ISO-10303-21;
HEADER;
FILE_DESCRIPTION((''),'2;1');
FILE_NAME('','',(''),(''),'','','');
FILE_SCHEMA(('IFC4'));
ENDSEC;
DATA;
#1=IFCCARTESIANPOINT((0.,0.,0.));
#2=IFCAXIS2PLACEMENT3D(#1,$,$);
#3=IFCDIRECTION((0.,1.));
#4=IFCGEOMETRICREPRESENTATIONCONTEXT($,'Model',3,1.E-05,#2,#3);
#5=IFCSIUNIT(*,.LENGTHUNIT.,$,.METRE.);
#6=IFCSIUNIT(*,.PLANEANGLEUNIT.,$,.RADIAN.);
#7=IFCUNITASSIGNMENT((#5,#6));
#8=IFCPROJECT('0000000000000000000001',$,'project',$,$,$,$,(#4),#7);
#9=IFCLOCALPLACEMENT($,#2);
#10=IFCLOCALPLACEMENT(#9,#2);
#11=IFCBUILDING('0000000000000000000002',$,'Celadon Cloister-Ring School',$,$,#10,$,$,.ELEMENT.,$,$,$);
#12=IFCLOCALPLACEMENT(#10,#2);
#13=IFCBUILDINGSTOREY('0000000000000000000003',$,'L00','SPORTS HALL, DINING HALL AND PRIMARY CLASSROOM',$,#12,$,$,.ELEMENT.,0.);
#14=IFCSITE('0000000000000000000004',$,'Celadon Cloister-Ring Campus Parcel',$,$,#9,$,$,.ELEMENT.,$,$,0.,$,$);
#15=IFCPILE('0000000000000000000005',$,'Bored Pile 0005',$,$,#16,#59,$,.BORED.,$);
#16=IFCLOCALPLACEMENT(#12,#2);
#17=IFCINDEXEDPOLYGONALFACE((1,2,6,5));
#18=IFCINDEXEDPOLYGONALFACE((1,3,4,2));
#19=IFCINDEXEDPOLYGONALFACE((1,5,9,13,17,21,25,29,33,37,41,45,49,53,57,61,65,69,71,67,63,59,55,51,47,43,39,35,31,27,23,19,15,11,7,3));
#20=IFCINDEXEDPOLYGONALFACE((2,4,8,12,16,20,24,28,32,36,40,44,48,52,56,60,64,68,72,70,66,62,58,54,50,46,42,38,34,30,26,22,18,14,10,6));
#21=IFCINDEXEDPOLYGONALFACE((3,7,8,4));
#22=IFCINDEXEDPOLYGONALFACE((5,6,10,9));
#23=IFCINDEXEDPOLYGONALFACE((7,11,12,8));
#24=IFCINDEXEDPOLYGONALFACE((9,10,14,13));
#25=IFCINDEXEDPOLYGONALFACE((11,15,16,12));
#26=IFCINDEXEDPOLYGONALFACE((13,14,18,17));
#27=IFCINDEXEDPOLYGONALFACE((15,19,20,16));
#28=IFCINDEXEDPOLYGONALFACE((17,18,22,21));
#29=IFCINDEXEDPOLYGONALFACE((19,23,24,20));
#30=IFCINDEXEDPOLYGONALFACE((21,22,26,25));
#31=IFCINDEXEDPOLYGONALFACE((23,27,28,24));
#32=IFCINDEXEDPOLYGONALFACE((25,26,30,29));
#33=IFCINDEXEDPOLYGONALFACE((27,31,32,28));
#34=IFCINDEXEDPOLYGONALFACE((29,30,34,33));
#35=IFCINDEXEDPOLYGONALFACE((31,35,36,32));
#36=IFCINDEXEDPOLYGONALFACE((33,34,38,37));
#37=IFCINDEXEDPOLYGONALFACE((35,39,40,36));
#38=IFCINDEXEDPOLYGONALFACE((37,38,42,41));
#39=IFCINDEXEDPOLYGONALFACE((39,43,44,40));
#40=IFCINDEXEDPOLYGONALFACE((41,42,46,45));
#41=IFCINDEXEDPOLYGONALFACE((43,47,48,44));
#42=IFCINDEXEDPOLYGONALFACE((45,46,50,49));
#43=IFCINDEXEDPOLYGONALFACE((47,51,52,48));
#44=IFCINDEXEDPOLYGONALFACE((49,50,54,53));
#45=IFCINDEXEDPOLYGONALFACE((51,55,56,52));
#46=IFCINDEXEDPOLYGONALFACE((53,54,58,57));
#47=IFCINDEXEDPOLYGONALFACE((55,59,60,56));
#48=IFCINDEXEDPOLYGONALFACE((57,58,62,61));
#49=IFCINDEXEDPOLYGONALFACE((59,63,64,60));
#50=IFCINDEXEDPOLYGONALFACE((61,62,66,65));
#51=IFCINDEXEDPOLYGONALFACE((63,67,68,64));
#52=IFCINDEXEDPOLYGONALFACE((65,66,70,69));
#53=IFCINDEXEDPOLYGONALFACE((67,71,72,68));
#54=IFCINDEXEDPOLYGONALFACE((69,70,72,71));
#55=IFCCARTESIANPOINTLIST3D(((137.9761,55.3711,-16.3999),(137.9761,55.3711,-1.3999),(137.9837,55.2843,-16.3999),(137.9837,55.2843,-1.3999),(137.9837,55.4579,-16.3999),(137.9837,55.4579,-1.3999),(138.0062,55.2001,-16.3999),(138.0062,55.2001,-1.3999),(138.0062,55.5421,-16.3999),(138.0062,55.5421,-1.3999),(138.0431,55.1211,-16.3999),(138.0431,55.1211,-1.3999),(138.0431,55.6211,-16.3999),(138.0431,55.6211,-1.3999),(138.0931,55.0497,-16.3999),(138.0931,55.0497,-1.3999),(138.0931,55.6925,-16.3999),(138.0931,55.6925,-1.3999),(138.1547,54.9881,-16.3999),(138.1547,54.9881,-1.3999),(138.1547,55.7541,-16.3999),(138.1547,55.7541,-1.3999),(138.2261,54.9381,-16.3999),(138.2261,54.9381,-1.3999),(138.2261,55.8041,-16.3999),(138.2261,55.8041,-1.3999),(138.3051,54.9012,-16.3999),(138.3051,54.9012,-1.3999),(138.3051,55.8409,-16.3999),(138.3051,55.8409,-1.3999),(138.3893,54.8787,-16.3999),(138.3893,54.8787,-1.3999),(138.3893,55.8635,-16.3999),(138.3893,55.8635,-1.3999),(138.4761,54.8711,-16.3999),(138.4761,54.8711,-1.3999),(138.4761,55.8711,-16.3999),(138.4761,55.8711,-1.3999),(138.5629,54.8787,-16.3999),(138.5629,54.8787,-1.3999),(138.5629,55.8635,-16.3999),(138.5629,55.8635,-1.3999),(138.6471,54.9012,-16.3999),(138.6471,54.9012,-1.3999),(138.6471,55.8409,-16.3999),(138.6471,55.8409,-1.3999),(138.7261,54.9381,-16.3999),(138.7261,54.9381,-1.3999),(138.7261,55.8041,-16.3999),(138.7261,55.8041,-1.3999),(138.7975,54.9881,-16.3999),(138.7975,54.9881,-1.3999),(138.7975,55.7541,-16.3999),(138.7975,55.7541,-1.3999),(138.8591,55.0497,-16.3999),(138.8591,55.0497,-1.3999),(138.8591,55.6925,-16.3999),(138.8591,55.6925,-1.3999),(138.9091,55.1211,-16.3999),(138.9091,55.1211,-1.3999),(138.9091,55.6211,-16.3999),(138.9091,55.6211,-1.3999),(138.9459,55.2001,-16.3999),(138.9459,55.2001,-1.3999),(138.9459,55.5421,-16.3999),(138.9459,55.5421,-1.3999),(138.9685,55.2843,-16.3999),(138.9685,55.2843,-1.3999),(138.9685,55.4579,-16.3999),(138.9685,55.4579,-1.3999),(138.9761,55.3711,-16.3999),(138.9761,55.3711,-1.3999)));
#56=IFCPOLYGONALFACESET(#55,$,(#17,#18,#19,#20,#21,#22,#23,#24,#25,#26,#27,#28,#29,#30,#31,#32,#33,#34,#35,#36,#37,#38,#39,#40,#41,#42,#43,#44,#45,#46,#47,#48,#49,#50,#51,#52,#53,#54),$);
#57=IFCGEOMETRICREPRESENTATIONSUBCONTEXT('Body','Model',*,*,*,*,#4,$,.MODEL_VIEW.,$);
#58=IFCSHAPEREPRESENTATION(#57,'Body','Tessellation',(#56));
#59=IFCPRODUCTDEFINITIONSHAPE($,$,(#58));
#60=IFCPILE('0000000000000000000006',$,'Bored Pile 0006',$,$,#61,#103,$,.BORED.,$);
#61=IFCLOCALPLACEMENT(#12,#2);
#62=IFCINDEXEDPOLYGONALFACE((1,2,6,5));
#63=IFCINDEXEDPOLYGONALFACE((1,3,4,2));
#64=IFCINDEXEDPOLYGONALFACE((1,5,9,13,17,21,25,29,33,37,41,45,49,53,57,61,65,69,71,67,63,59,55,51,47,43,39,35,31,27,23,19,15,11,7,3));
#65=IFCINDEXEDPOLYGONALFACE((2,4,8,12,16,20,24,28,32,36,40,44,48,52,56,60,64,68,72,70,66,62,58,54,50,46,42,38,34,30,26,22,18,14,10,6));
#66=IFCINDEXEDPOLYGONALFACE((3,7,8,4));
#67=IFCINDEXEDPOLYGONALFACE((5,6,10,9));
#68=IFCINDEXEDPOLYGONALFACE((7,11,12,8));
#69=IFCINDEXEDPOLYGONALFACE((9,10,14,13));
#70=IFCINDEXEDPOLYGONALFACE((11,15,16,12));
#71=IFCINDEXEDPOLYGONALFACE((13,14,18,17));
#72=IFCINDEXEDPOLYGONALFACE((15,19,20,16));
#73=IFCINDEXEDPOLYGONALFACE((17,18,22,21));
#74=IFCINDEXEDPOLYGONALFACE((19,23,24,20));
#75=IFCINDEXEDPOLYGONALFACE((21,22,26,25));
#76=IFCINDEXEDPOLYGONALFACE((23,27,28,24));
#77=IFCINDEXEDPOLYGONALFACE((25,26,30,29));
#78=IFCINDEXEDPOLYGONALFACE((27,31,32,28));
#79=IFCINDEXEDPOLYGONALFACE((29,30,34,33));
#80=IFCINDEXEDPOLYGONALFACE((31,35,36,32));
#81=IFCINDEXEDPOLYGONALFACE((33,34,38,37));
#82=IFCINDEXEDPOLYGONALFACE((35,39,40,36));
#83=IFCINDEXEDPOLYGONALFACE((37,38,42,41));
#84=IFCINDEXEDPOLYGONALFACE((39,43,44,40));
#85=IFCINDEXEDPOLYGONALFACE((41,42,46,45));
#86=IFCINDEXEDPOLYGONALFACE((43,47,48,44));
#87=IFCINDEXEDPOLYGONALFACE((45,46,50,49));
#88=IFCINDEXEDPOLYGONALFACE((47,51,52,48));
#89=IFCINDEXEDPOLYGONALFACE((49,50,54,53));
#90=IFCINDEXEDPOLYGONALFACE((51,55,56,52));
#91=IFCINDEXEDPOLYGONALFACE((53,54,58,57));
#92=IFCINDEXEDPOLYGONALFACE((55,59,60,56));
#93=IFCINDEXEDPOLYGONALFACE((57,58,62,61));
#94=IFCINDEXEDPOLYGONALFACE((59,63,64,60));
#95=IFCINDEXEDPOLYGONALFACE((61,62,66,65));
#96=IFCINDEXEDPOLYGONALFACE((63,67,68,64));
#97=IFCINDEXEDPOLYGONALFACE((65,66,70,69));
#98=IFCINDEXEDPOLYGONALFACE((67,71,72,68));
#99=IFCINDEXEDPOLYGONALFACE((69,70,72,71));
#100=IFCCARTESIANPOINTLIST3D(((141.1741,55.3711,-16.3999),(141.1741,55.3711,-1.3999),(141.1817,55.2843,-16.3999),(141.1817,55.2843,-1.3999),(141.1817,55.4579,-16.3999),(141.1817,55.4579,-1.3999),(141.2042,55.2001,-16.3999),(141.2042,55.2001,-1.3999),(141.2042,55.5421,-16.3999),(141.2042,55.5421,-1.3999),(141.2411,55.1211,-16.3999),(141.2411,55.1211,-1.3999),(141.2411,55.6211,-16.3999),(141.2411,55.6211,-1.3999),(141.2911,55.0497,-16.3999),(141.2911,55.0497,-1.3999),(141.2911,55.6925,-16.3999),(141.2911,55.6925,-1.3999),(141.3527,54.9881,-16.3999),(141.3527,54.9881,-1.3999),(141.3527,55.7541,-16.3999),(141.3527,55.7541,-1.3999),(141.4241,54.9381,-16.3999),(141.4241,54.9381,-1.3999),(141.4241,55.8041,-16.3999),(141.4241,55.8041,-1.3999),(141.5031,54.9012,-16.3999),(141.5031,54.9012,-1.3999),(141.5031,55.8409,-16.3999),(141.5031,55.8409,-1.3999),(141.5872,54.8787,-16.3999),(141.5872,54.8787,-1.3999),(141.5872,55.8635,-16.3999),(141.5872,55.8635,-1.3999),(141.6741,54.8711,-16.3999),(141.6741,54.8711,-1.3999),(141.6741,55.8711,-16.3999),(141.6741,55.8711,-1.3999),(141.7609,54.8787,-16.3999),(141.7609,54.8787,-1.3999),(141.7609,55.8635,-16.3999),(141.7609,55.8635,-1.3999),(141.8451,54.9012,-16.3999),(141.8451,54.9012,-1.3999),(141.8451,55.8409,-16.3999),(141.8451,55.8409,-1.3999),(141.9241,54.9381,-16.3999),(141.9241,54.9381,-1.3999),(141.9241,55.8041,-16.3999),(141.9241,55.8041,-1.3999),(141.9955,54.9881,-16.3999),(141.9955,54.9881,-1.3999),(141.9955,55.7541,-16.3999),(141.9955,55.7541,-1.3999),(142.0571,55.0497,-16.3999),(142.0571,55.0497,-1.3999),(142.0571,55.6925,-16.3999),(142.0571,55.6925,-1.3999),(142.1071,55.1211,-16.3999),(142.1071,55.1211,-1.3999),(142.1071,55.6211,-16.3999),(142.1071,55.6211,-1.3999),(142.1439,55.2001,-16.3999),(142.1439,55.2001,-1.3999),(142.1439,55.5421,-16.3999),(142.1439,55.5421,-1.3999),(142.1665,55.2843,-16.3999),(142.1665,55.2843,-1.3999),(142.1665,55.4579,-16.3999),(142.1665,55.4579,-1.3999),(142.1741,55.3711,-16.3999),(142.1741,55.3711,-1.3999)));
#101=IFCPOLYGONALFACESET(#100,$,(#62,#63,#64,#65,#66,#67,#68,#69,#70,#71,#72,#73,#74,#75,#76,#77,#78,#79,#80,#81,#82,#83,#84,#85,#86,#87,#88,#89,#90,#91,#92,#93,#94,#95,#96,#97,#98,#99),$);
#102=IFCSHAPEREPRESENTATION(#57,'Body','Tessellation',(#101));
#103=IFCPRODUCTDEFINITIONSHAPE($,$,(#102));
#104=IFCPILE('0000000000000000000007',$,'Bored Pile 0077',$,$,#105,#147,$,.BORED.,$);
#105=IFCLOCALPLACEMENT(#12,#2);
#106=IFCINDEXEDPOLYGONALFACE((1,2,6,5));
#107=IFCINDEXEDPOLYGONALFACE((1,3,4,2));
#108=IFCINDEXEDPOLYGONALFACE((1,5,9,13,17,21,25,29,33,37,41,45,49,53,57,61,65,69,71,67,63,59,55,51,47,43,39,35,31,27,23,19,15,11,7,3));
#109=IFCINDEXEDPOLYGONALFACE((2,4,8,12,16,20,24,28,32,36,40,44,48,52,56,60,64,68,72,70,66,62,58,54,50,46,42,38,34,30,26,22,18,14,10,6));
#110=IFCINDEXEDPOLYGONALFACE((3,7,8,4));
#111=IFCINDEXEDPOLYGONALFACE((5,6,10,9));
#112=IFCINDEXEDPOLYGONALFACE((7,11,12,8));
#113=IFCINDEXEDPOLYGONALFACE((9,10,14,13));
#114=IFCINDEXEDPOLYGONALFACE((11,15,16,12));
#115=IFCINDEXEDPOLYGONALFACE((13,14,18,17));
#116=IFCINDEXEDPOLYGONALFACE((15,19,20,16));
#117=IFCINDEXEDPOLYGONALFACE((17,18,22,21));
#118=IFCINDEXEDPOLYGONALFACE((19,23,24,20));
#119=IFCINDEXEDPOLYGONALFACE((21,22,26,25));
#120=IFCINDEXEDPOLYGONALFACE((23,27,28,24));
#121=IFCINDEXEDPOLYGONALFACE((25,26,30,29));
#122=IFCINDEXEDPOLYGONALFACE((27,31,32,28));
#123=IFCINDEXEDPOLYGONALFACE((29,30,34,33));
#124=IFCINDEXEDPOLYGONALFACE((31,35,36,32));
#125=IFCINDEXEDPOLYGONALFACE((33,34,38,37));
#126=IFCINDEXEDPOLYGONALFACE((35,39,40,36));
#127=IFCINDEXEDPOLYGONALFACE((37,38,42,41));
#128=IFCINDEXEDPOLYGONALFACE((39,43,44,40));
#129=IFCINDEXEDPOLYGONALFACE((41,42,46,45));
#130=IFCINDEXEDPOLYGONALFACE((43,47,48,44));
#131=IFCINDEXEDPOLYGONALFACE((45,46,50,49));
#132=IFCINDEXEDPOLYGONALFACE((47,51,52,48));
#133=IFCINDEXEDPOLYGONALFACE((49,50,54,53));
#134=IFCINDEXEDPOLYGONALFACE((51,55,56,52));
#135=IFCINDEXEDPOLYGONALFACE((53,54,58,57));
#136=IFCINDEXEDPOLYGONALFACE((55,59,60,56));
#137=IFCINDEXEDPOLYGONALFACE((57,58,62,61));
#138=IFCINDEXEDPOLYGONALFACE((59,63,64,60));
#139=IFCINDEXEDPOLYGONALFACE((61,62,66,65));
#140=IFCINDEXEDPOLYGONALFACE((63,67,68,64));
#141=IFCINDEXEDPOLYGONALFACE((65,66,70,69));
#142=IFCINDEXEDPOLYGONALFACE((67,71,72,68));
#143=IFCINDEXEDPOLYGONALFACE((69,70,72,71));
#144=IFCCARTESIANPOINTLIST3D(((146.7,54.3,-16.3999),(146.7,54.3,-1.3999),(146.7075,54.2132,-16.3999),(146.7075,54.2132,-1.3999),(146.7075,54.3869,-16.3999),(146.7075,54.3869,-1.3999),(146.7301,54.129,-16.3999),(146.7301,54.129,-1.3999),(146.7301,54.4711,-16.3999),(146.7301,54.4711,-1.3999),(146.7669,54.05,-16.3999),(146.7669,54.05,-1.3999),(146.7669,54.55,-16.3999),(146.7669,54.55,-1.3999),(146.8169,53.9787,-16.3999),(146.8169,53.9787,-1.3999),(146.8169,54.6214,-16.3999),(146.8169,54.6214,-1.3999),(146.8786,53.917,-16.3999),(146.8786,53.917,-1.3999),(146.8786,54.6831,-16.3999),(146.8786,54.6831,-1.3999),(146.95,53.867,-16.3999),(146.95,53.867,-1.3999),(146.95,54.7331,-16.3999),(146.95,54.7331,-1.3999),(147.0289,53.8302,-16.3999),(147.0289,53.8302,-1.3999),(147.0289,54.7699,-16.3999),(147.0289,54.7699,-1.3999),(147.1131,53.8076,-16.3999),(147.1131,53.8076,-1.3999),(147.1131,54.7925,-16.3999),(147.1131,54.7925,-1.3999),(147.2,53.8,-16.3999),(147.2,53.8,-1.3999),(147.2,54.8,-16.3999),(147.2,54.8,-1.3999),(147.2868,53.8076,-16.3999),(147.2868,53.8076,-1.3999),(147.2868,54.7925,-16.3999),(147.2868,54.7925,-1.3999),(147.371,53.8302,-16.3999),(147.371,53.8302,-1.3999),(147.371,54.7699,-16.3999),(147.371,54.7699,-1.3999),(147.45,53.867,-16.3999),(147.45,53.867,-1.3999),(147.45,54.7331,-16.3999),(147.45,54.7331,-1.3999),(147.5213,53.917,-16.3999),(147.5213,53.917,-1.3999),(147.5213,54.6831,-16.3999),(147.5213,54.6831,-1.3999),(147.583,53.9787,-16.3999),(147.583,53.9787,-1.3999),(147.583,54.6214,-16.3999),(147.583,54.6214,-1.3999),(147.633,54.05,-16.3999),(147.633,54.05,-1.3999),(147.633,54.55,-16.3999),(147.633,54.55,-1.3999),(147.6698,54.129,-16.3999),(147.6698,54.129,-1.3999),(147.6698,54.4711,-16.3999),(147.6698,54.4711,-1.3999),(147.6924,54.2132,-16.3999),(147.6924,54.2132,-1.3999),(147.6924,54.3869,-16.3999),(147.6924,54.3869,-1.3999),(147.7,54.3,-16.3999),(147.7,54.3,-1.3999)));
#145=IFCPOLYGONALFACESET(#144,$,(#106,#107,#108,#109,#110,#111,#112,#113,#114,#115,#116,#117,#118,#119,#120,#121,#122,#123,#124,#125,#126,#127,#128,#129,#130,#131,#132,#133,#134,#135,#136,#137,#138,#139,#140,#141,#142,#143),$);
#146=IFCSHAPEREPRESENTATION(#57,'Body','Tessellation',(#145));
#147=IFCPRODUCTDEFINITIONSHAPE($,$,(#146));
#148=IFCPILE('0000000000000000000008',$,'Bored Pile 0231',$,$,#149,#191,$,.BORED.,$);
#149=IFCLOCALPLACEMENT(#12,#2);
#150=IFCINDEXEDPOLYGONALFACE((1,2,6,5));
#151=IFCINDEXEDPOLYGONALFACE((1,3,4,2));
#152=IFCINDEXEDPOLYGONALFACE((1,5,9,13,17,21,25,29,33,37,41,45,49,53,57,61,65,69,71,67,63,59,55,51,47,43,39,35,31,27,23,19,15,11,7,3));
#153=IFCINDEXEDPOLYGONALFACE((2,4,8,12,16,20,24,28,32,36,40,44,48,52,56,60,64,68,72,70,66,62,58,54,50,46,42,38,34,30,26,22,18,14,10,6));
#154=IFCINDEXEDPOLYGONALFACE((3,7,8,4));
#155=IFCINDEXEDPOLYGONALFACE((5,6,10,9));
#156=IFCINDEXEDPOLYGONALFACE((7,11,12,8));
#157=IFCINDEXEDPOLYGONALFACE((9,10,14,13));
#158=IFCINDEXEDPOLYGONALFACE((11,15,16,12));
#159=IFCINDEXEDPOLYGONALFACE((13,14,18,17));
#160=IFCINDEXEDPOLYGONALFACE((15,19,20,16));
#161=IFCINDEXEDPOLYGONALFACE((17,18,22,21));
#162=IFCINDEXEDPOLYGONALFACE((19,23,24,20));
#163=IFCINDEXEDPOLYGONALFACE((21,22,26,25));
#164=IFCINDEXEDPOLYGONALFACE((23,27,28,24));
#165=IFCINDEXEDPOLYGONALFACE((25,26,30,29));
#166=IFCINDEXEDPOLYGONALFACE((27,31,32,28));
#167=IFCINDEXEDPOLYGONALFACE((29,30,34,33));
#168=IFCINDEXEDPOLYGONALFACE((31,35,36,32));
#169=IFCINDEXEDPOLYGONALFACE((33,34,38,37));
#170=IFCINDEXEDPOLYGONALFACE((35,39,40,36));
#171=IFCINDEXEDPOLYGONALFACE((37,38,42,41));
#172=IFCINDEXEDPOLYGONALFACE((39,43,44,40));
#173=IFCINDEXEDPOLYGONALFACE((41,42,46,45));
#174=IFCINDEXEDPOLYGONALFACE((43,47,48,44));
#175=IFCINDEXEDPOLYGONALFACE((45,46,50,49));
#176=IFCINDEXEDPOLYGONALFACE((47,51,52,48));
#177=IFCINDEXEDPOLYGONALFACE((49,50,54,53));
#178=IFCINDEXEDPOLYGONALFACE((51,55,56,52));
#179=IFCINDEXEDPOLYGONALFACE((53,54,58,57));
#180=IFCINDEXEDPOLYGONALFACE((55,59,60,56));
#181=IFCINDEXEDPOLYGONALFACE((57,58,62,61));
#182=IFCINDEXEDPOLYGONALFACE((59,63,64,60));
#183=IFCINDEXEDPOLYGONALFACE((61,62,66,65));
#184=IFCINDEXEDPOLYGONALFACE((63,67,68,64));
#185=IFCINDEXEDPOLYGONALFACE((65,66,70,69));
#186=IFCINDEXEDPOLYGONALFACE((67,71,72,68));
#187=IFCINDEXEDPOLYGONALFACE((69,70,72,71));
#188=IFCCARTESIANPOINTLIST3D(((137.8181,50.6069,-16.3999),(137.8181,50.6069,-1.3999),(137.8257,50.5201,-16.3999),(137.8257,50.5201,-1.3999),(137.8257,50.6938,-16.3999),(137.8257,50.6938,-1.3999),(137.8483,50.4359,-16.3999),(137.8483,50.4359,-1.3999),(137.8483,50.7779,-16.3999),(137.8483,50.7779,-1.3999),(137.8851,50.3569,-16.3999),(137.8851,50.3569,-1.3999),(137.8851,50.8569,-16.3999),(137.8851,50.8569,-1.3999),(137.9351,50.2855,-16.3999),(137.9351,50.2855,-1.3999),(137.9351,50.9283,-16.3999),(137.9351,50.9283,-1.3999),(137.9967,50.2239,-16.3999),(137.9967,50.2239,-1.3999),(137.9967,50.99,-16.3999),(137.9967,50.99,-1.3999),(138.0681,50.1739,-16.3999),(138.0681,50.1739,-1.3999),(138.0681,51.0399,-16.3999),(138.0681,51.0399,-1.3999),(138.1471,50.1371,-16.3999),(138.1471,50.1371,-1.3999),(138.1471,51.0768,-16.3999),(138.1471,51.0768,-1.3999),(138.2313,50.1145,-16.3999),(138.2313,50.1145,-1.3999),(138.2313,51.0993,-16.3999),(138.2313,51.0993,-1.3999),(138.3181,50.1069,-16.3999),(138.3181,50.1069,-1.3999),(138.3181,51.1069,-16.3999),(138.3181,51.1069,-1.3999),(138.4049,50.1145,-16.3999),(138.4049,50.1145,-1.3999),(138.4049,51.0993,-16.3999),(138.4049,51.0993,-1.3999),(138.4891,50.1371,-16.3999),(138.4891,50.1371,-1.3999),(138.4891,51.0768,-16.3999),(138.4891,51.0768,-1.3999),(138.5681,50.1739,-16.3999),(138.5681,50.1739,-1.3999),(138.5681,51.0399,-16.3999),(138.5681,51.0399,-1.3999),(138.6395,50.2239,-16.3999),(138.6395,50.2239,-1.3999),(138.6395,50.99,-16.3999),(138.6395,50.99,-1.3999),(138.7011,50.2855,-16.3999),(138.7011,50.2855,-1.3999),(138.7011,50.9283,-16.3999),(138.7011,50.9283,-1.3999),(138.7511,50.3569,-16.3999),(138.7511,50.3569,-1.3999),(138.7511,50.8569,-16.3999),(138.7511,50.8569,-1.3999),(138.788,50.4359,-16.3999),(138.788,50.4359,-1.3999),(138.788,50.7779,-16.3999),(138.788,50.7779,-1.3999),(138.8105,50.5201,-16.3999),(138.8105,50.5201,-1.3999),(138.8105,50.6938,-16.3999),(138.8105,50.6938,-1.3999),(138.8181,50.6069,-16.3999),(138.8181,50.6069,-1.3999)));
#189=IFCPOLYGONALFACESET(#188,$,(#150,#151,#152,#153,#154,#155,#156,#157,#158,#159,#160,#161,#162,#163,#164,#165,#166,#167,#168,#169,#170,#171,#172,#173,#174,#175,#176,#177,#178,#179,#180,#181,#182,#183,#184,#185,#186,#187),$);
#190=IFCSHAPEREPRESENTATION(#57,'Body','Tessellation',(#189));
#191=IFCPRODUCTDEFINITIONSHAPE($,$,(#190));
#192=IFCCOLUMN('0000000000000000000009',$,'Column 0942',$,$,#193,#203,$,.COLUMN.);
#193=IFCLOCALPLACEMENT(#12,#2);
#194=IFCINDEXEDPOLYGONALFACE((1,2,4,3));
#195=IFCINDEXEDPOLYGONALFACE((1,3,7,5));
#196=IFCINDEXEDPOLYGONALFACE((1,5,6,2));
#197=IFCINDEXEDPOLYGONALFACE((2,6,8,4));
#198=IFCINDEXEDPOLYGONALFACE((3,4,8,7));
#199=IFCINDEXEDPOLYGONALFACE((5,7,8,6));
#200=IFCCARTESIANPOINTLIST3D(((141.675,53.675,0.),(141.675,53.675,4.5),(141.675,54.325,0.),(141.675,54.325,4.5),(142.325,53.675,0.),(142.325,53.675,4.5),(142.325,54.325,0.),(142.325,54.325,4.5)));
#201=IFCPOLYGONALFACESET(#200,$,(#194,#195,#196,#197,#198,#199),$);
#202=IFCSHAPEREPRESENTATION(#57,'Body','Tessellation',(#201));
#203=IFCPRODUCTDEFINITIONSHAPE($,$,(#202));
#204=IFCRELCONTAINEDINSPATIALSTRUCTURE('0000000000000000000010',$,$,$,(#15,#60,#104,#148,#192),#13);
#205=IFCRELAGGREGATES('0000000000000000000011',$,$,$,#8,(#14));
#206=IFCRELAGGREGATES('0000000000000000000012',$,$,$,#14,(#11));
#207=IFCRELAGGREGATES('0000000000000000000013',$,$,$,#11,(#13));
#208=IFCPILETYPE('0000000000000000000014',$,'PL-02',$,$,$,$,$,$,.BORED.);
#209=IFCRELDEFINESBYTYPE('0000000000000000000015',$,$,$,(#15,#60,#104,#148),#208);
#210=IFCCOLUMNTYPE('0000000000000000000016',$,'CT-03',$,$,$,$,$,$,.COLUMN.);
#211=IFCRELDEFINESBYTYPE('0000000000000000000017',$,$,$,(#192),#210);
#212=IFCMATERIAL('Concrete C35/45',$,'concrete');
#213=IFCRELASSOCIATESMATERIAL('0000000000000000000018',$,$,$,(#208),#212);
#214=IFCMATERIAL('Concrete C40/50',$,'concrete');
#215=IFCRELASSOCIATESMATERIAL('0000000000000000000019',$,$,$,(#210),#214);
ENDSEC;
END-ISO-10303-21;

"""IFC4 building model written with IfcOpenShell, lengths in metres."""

from ifc_helpers import new_model, si_unit, direction, frame, origin, origin_2d, place, context, subcontext, project, spatial, rectangle, circle, extrude, material, material_profile, profile_set, type_object, element, save


model = new_model("IFC4")

# Units and contexts
model_context = context("Model", 3, precision=1e-05, world=origin(), true_north=direction((0.0, 1.0)))
body_context = subcontext(model_context, "Body", "Model", "MODEL_VIEW")
ifc_project = project(units=[si_unit("LENGTHUNIT", "METRE"), si_unit("PLANEANGLEUNIT", "RADIAN")], contexts=[model_context])

# Site, building, storey
site_placement = place(None, origin())
site = spatial("IfcSite", under=ifc_project, at=site_placement, Name="Celadon Cloister-Ring Campus Parcel", CompositionType="ELEMENT", RefElevation=0.0)
building_placement = place(site_placement, origin())
building = spatial("IfcBuilding", under=site, at=building_placement, Name="Celadon Cloister-Ring School", CompositionType="ELEMENT")
storey_placement = place(building_placement, origin())
storey = spatial("IfcBuildingStorey", under=building, at=storey_placement, Name="L00", Description="SPORTS HALL, DINING HALL AND PRIMARY CLASSROOM", CompositionType="ELEMENT", Elevation=0.0)

# Piles
ifc_material_1 = material(Name="Concrete C35/45", Category="concrete")
ifc_material_profile_1 = material_profile(ifc_material_1, circle(Radius=0.5, at=origin_2d()), Name="PILE1000")
ifc_profile_set_1 = profile_set([ifc_material_profile_1], Name="Concrete C35/45")
pile_type = type_object("IfcPileType", Name="PL-02", PredefinedType="BORED", material=ifc_profile_set_1)
for number, where, z_axis, x_axis, name in (
    (1, (138.4761, 55.3711, -1.3999), (0.0, 0.0, -1.0), (1.0, 0.0, 0.0), "Bored Pile 0005"),
    (2, (141.6741, 55.3711, -1.3999), (0.0, 0.0, -1.0), (1.0, 0.0, 0.0), "Bored Pile 0006"),
    (3, (147.2, 54.3, -1.3999), (0.0, 0.0, -1.0), (1.0, 0.0, 0.0), "Bored Pile 0077"),
    (4, (138.3181, 50.6069, -1.3999), (0.0, 0.0, -1.0), (1.0, 0.0, 0.0), "Bored Pile 0231"),
):
    element("IfcPile", number, at=place(storey_placement, frame(where, z_axis=z_axis, x_axis=x_axis)), inside=storey, type_object=pile_type, Name=name, PredefinedType="BORED", context=body_context, shape_type="SweptSolid", body=[
        extrude(circle(Radius=0.5, at=origin_2d()), origin(), (0.0, 0.0, 1.0), 15.0),
    ])

# Column
ifc_material_2 = material(Name="Concrete C40/50", Category="concrete")
ifc_material_profile_2 = material_profile(ifc_material_2, rectangle(XDim=0.6499, YDim=0.6499, at=origin_2d()), Name="RC650X650")
ifc_profile_set_2 = profile_set([ifc_material_profile_2], Name="Concrete C40/50")
column_type = type_object("IfcColumnType", Name="CT-03", PredefinedType="COLUMN", material=ifc_profile_set_2)
column_placement = place(storey_placement, frame((142.0, 54.0, 0.0), z_axis=(0.0, 0.0, 1.0), x_axis=(1.0, 0.0, 0.0)))
element("IfcColumn", 5, at=column_placement, inside=storey, type_object=column_type, Name="Column 0942", PredefinedType="COLUMN", context=body_context, shape_type="SweptSolid", body=[
    extrude(rectangle(XDim=0.6499, YDim=0.6499, at=origin_2d()), origin(), (0.0, 0.0, 1.0), 4.5),
])

save(model, "model.ifc")
